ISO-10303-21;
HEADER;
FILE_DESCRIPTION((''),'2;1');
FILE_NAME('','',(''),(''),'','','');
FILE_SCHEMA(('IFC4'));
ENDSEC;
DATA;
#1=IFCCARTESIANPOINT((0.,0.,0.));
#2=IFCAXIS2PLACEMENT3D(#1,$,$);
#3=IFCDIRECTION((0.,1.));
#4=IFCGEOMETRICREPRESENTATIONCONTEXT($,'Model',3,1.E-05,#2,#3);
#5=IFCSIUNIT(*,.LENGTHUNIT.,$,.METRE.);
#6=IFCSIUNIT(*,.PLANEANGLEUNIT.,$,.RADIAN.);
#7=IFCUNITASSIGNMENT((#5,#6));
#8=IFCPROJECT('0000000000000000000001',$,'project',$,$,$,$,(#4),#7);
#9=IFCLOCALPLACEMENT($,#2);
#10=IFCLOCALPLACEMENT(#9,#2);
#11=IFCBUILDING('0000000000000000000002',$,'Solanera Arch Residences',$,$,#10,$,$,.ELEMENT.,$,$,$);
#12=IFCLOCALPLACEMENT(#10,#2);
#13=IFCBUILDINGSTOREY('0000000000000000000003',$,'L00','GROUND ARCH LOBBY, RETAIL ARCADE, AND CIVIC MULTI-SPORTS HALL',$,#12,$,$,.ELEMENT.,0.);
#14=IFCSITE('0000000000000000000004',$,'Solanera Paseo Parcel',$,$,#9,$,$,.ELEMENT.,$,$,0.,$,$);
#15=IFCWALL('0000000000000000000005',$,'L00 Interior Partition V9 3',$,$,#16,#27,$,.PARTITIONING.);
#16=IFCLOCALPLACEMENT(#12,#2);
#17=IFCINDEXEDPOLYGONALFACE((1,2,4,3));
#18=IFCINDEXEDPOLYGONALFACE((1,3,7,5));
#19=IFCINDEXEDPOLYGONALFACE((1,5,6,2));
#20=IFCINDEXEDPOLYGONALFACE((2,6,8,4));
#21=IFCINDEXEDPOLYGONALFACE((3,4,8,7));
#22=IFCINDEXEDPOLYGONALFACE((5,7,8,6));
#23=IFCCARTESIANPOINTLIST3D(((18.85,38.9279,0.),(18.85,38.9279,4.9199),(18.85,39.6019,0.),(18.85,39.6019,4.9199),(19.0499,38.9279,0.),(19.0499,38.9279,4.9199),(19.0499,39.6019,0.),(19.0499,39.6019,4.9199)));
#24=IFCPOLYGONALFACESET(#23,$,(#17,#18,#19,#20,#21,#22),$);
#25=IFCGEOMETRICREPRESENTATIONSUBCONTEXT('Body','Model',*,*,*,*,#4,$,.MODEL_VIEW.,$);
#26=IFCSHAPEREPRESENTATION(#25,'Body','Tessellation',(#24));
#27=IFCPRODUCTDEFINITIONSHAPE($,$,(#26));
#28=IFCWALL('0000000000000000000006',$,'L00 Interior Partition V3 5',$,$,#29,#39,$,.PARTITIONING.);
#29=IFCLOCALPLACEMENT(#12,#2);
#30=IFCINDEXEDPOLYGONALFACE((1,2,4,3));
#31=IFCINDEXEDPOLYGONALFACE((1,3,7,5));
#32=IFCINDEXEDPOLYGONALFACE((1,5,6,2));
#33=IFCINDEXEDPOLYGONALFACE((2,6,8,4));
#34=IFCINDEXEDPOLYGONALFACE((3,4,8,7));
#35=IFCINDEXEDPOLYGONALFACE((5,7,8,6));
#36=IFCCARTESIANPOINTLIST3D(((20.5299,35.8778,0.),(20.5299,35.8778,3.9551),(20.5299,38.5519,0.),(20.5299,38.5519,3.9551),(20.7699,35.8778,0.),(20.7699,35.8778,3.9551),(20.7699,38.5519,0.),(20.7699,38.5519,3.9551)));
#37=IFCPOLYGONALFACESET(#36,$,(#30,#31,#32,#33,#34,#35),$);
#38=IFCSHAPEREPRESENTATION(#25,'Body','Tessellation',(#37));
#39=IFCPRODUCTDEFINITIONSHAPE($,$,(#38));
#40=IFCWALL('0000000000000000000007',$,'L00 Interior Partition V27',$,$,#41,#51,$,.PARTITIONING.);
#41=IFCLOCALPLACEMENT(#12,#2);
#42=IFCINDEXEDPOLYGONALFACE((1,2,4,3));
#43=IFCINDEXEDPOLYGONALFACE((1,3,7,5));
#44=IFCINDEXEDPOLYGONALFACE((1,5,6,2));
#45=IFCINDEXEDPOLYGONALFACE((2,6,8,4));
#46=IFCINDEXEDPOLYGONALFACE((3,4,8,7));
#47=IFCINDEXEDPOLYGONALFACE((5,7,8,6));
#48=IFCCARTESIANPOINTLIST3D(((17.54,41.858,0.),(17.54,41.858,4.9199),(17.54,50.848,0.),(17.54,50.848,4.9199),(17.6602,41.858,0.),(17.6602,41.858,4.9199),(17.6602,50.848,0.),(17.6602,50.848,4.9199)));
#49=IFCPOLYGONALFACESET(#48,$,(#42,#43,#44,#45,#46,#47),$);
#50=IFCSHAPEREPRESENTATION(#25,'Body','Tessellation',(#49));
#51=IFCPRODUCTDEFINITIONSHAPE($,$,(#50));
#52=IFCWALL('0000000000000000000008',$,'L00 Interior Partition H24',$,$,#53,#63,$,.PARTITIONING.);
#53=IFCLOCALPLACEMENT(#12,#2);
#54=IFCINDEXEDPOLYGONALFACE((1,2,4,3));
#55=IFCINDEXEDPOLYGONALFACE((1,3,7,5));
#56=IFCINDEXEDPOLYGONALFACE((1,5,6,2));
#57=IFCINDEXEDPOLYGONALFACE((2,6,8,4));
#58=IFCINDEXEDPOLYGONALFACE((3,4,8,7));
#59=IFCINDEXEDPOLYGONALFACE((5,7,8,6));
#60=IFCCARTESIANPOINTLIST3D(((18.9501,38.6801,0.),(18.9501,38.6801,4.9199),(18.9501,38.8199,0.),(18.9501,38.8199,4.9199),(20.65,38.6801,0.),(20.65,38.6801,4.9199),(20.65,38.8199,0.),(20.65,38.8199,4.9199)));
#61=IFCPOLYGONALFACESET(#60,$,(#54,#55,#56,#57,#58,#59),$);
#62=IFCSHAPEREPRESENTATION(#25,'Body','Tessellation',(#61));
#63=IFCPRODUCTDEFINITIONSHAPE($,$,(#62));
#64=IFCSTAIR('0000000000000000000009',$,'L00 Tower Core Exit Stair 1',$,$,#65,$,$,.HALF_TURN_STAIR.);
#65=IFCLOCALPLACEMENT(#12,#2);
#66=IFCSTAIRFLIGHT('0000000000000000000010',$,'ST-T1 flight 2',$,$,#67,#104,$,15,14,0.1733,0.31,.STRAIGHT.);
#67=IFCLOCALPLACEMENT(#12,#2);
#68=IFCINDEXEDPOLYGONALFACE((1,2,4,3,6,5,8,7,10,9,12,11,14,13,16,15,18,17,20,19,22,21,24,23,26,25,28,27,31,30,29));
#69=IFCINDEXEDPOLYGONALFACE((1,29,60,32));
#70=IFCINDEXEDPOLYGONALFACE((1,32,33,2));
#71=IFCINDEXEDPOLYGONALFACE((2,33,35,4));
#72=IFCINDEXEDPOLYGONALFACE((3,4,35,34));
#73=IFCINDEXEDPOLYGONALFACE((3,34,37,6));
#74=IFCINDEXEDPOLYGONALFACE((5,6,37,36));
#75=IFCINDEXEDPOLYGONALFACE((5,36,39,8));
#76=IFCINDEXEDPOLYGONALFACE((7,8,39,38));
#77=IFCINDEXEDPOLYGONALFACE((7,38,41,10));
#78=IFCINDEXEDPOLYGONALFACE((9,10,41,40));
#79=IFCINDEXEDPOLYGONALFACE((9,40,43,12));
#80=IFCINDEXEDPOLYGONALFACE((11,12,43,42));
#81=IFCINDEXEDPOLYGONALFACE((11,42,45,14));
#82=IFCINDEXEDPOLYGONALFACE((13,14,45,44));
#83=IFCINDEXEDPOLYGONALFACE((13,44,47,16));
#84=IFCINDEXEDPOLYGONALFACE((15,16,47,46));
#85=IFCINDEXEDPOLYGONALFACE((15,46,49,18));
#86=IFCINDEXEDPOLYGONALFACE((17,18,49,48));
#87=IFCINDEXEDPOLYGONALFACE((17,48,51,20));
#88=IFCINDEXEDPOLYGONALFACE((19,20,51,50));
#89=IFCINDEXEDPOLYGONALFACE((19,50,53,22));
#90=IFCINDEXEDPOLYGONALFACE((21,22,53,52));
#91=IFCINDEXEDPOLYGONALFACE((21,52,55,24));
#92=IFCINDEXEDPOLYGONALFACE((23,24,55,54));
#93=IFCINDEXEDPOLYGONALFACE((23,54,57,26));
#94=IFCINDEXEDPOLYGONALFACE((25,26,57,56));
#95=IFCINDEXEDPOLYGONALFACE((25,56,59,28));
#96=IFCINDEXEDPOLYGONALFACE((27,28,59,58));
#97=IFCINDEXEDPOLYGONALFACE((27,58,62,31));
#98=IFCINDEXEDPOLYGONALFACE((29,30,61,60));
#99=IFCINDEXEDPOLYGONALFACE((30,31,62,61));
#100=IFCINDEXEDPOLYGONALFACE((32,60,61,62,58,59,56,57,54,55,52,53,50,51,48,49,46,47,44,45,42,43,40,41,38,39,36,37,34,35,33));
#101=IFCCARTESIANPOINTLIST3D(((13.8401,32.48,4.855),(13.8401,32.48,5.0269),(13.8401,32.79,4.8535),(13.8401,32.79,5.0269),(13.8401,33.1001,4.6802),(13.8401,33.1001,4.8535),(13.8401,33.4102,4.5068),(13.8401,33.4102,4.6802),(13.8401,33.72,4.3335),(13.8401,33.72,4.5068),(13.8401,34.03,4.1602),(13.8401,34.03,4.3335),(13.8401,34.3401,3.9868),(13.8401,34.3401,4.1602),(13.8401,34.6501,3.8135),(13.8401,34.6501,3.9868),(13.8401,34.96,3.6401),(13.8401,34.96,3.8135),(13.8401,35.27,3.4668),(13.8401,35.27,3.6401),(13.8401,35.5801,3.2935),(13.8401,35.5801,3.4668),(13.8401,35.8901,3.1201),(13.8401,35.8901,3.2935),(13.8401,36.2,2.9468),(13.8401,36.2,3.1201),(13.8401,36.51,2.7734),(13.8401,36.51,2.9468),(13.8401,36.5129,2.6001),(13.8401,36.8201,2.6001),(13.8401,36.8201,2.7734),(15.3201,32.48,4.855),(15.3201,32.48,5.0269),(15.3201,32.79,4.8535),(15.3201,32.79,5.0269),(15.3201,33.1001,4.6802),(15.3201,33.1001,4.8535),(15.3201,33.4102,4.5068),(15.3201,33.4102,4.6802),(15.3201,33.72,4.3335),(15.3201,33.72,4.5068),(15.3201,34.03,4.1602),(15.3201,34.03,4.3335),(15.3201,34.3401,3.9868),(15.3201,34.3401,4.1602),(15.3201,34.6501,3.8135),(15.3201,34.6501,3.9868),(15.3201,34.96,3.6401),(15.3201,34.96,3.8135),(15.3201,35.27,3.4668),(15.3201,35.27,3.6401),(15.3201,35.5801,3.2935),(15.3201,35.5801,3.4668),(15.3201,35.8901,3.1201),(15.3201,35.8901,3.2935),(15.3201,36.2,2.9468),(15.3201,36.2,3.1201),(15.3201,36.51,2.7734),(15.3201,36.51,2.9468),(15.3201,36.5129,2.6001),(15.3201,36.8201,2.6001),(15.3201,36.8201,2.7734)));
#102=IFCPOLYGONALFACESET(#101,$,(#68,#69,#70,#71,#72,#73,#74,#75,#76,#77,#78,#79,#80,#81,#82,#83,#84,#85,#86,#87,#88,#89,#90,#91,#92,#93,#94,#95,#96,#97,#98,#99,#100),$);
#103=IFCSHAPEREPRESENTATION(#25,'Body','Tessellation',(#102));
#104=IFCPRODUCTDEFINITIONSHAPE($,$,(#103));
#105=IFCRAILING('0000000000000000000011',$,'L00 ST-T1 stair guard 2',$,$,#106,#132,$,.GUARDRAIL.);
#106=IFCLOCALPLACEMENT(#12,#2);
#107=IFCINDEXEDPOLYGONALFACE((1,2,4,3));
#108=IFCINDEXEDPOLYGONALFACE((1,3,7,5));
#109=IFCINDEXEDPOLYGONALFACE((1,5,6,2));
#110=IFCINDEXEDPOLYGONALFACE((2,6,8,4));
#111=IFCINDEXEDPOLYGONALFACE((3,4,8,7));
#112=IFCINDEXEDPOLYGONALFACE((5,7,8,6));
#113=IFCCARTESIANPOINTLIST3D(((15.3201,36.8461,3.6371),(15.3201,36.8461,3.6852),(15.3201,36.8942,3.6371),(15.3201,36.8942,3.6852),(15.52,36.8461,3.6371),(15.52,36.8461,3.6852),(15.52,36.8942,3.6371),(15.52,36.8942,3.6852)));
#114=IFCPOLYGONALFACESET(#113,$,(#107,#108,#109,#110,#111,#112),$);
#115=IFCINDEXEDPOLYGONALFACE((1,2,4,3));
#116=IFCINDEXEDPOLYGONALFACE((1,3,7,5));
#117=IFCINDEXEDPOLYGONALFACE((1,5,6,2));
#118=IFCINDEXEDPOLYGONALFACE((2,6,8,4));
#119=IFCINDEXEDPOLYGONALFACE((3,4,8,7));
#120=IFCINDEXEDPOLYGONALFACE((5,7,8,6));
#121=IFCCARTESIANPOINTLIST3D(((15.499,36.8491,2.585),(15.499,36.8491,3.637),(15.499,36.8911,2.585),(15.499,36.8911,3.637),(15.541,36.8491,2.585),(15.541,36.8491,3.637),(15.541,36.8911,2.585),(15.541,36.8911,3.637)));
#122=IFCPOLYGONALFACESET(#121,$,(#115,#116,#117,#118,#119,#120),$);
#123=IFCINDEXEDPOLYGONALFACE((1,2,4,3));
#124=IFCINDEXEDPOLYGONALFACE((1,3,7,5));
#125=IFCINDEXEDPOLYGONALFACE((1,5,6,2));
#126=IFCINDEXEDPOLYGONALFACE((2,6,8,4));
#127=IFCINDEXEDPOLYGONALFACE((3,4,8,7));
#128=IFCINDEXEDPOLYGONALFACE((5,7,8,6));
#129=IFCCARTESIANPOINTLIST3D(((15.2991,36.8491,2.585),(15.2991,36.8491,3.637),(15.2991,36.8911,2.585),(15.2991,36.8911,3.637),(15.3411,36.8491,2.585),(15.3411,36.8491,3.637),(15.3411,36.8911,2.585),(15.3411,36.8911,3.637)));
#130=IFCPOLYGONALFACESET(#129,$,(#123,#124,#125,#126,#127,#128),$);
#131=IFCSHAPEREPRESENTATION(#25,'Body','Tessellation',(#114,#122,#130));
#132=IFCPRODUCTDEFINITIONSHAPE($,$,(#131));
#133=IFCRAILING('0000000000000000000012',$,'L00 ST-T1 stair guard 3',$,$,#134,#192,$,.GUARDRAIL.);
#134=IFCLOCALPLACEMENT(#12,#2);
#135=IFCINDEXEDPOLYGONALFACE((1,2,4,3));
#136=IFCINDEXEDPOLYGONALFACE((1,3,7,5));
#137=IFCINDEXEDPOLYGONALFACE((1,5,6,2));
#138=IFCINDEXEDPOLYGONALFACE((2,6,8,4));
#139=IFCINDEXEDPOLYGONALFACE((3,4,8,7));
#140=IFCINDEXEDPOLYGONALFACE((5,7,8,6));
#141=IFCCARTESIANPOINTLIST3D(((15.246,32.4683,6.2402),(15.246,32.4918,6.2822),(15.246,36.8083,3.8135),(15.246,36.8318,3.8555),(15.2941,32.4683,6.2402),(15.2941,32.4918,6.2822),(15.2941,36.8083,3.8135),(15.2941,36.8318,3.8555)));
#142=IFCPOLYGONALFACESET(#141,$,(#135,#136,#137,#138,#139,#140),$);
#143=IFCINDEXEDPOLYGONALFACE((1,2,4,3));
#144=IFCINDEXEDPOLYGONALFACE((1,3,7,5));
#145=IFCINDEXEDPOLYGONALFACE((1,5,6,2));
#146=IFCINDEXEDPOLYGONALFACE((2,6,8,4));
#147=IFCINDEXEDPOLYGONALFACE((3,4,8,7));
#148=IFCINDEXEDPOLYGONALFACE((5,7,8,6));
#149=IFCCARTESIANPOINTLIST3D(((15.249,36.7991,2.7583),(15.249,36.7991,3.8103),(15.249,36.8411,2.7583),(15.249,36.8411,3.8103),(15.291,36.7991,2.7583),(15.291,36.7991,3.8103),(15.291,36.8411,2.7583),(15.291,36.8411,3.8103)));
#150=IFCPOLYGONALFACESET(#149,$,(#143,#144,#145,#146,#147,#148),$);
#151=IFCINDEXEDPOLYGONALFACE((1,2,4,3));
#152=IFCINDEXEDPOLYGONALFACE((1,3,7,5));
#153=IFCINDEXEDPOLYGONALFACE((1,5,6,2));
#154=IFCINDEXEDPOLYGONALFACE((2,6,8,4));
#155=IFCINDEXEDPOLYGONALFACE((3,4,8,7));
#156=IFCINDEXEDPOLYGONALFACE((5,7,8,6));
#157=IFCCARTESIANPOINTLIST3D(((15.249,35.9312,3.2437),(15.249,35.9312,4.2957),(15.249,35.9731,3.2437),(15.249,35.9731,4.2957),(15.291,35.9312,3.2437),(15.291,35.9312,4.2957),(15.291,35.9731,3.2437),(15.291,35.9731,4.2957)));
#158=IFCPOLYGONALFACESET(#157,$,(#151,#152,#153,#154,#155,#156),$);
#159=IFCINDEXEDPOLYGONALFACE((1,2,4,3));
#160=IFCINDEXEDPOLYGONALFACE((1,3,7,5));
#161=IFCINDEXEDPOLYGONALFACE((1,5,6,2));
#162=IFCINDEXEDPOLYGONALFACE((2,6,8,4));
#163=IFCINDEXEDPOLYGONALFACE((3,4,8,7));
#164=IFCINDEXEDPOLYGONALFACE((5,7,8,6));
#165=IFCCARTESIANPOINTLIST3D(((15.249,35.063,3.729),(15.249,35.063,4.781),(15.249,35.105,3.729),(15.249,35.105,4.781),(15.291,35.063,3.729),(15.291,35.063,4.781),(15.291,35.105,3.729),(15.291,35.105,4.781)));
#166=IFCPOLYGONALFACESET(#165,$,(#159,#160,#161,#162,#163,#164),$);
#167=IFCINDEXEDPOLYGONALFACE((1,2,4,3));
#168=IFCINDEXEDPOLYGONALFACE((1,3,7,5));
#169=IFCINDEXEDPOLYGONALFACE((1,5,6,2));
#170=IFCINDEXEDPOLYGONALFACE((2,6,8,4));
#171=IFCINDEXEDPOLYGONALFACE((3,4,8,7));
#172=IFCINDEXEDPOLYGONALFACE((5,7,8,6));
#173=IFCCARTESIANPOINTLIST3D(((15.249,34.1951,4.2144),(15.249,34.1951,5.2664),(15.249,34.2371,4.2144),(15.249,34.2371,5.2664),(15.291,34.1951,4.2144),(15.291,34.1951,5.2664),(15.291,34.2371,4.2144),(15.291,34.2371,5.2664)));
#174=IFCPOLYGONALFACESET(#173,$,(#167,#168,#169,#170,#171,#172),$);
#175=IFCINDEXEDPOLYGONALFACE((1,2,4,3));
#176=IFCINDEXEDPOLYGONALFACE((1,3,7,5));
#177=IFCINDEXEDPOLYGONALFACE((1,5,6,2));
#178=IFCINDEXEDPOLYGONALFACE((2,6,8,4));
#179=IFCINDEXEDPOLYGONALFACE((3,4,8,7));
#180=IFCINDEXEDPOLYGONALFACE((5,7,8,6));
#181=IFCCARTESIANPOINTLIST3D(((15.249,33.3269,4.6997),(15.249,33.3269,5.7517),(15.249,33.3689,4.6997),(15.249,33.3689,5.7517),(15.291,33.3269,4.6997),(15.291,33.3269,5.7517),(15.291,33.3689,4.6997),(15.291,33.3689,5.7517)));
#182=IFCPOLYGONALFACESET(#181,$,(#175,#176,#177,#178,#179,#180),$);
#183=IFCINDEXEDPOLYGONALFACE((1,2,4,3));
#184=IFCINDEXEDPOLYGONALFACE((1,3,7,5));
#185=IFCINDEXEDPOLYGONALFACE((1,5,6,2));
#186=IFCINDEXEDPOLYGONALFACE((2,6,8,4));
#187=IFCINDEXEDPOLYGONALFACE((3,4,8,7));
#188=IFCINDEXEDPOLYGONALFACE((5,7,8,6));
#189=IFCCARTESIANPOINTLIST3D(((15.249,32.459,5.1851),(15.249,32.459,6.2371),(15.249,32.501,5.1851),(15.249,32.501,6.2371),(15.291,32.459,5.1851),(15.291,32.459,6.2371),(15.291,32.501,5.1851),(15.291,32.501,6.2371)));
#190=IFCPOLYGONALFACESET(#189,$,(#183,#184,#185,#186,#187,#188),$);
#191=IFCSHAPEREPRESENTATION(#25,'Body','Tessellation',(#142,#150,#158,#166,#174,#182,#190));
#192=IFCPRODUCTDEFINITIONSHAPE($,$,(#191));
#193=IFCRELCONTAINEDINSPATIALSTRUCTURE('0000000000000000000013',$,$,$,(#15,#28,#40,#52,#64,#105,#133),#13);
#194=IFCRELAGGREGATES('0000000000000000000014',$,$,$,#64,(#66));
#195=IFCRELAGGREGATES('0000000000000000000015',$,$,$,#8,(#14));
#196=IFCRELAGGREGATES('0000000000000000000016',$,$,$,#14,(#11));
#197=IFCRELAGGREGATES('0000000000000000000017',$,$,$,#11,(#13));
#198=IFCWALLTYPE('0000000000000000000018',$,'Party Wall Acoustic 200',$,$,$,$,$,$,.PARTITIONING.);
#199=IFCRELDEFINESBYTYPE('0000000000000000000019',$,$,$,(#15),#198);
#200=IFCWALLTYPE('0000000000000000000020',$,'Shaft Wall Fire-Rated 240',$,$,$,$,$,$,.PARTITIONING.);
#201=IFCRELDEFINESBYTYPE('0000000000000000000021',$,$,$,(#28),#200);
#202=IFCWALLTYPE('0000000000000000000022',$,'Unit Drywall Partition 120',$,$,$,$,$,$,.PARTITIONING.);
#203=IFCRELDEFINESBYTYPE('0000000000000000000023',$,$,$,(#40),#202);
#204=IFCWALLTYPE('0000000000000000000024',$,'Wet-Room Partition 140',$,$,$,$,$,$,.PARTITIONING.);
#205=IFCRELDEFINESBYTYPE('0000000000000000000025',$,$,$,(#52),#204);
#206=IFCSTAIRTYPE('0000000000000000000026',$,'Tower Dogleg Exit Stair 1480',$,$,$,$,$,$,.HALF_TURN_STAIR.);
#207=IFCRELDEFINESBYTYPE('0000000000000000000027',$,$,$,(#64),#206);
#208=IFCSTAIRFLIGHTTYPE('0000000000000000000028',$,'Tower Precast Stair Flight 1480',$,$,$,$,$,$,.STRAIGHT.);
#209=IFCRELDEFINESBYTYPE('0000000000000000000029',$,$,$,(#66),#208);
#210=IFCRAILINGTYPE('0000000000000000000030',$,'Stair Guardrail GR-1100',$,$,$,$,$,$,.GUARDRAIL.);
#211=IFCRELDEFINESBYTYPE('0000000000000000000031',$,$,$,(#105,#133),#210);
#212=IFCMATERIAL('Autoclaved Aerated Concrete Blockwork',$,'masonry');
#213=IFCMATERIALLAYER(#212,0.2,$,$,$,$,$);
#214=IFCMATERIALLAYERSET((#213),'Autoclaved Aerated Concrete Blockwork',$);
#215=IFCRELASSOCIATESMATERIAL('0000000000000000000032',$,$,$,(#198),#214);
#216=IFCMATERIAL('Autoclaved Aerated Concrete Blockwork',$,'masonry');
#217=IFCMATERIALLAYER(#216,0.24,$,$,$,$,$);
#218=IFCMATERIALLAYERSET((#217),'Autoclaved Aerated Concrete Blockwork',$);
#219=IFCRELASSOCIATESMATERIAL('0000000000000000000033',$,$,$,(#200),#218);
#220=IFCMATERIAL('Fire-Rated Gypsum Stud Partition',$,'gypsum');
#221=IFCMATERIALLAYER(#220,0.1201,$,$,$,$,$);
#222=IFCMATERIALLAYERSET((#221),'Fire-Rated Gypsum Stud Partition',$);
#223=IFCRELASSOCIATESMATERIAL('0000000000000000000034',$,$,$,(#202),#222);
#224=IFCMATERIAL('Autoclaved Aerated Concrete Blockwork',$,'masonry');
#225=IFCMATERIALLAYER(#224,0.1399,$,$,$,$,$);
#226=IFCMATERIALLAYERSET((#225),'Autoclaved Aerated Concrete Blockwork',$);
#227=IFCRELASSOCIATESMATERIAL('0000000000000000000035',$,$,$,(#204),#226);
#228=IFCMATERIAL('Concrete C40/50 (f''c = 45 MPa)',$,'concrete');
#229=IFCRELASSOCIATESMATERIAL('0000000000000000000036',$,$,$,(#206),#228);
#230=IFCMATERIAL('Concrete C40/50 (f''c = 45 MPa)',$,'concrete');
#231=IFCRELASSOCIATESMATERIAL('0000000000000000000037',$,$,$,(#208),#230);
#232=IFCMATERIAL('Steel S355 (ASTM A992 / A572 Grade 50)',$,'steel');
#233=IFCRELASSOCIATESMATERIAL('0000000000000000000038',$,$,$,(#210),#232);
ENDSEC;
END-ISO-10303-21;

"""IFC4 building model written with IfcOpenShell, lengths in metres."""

from ifc_helpers import new_model, si_unit, direction, frame, frame_2d, origin, origin_2d, place, context, subcontext, project, spatial, polyline, rectangle, outline, extrude, material, layer, layer_set, type_object, element, aggregate, save


model = new_model("IFC4")

# Units and contexts
model_context = context("Model", 3, precision=1e-05, world=origin(), true_north=direction((0.0, 1.0)))
body_context = subcontext(model_context, "Body", "Model", "MODEL_VIEW")
ifc_project = project(units=[si_unit("LENGTHUNIT", "METRE"), si_unit("PLANEANGLEUNIT", "RADIAN")], contexts=[model_context])

# Site, building, storey
site_placement = place(None, origin())
site = spatial("IfcSite", under=ifc_project, at=site_placement, Name="Solanera Paseo Parcel", CompositionType="ELEMENT", RefElevation=0.0)
building_placement = place(site_placement, origin())
building = spatial("IfcBuilding", under=site, at=building_placement, Name="Solanera Arch Residences", CompositionType="ELEMENT")
storey_placement = place(building_placement, origin())
storey = spatial("IfcBuildingStorey", under=building, at=storey_placement, Name="L00", Description="GROUND ARCH LOBBY, RETAIL ARCADE, AND CIVIC MULTI-SPORTS HALL", CompositionType="ELEMENT", Elevation=0.0)

# Walls
ifc_material_1 = material(Name="Autoclaved Aerated Concrete Blockwork", Category="masonry")
ifc_layer_1 = layer(ifc_material_1, 0.2)
ifc_layer_set_1 = layer_set([ifc_layer_1], Name="Autoclaved Aerated Concrete Blockwork")
wall_type_1 = type_object("IfcWallType", Name="Party Wall Acoustic 200", PredefinedType="PARTITIONING", material=ifc_layer_set_1)
wall_1_placement = place(storey_placement, frame((18.95, 38.928, 0.0), z_axis=(0.0, 0.0, 1.0), x_axis=(0.0, 1.0, 0.0)))
element("IfcWall", 1, at=wall_1_placement, inside=storey, type_object=wall_type_1, Name="L00 Interior Partition V9 3", PredefinedType="PARTITIONING", context=body_context, shape_type="SweptSolid", body=[
    extrude(rectangle(XDim=0.6741, YDim=0.2, at=frame_2d((0.3369, 0.0))), origin(), (0.0, 0.0, 1.0), 4.9199),
])
ifc_material_2 = material(Name="Autoclaved Aerated Concrete Blockwork", Category="masonry")
ifc_layer_2 = layer(ifc_material_2, 0.24)
ifc_layer_set_2 = layer_set([ifc_layer_2], Name="Autoclaved Aerated Concrete Blockwork")
wall_type_2 = type_object("IfcWallType", Name="Shaft Wall Fire-Rated 240", PredefinedType="PARTITIONING", material=ifc_layer_set_2)
wall_2_placement = place(storey_placement, frame((20.6499, 35.8779, 0.0), z_axis=(0.0, 0.0, 1.0), x_axis=(0.0, 1.0, 0.0)))
element("IfcWall", 2, at=wall_2_placement, inside=storey, type_object=wall_type_2, Name="L00 Interior Partition V3 5", PredefinedType="PARTITIONING", context=body_context, shape_type="SweptSolid", body=[
    extrude(rectangle(XDim=2.6741, YDim=0.24, at=frame_2d((1.3369, 0.0))), origin(), (0.0, 0.0, 1.0), 3.9551),
])
ifc_material_3 = material(Name="Fire-Rated Gypsum Stud Partition", Category="gypsum")
ifc_layer_3 = layer(ifc_material_3, 0.1201)
ifc_layer_set_3 = layer_set([ifc_layer_3], Name="Fire-Rated Gypsum Stud Partition")
wall_type_3 = type_object("IfcWallType", Name="Unit Drywall Partition 120", PredefinedType="PARTITIONING", material=ifc_layer_set_3)
wall_3_placement = place(storey_placement, frame((17.6001, 41.8579, 0.0), z_axis=(0.0, 0.0, 1.0), x_axis=(0.0, 1.0, 0.0)))
element("IfcWall", 3, at=wall_3_placement, inside=storey, type_object=wall_type_3, Name="L00 Interior Partition V27", PredefinedType="PARTITIONING", context=body_context, shape_type="SweptSolid", body=[
    extrude(rectangle(XDim=8.99, YDim=0.1201, at=frame_2d((4.4951, 0.0))), origin(), (0.0, 0.0, 1.0), 4.9199),
])
ifc_material_4 = material(Name="Autoclaved Aerated Concrete Blockwork", Category="masonry")
ifc_layer_4 = layer(ifc_material_4, 0.1399)
ifc_layer_set_4 = layer_set([ifc_layer_4], Name="Autoclaved Aerated Concrete Blockwork")
wall_type_4 = type_object("IfcWallType", Name="Wet-Room Partition 140", PredefinedType="PARTITIONING", material=ifc_layer_set_4)
wall_4_placement = place(storey_placement, frame((18.95, 38.75, 0.0), z_axis=(0.0, 0.0, 1.0), x_axis=(1.0, 0.0, 0.0)))
element("IfcWall", 4, at=wall_4_placement, inside=storey, type_object=wall_type_4, Name="L00 Interior Partition H24", PredefinedType="PARTITIONING", context=body_context, shape_type="SweptSolid", body=[
    extrude(rectangle(XDim=1.7, YDim=0.1399, at=frame_2d((0.8501, 0.0))), origin(), (0.0, 0.0, 1.0), 4.9199),
])

# Stair, stair flight
ifc_material_5 = material(Name="Concrete C40/50 (f'c = 45 MPa)", Category="concrete")
stair_type = type_object("IfcStairType", Name="Tower Dogleg Exit Stair 1480", PredefinedType="HALF_TURN_STAIR", material=ifc_material_5)
stair_placement = place(storey_placement, origin())
stair = element("IfcStair", 5, at=stair_placement, inside=storey, type_object=stair_type, Name="L00 Tower Core Exit Stair 1", PredefinedType="HALF_TURN_STAIR")
ifc_material_6 = material(Name="Concrete C40/50 (f'c = 45 MPa)", Category="concrete")
stair_flight_type = type_object("IfcStairFlightType", Name="Tower Precast Stair Flight 1480", PredefinedType="STRAIGHT", material=ifc_material_6)
stair_flight_placement = place(storey_placement, frame((14.5801, 36.8201, 2.6001), z_axis=(0.0, 0.0, 1.0), x_axis=(0.0, -1.0, 0.0)))
stair_flight = element("IfcStairFlight", 6, at=stair_flight_placement, type_object=stair_flight_type, Name="ST-T1 flight 2", NumberOfRisers=15, NumberOfTreads=14, PredefinedType="STRAIGHT", RiserHeight=0.1733, TreadLength=0.31, context=body_context, shape_type="SweptSolid", body=[
    extrude(outline(polyline([(0.0, 0.0), (0.0, 0.1733), (0.3101, 0.1733), (0.3101, 0.3467), (0.6201, 0.3467), (0.6201, 0.52), (0.9299, 0.52), (0.9299, 0.6934), (1.24, 0.6934), (1.24, 0.8667), (1.55, 0.8667), (1.55, 1.04), (1.8601, 1.04), (1.8601, 1.2134), (2.1699, 1.2134), (2.1699, 1.3867), (2.48, 1.3867), (2.48, 1.5601), (2.79, 1.5601), (2.79, 1.7334), (3.1001, 1.7334), (3.1001, 1.9067), (3.4099, 1.9067), (3.4099, 2.0801), (3.72, 2.0801), (3.72, 2.2534), (4.03, 2.2534), (4.03, 2.4268), (4.3401, 2.4268), (4.3401, 2.6001), (4.3401, 2.2549), (0.3071, 0.0), (0.0, 0.0)])), frame((0.0, 0.74, 0.0), z_axis=(0.0, -1.0, 0.0), x_axis=(1.0, 0.0, 0.0)), (0.0, 0.0, 1.0), 1.48),
])
aggregate(stair, [stair_flight])

# Railings
ifc_material_7 = material(Name="Steel S355 (ASTM A992 / A572 Grade 50)", Category="steel")
railing_type_1 = type_object("IfcRailingType", Name="Stair Guardrail GR-1100", PredefinedType="GUARDRAIL", material=ifc_material_7)
railing_1_placement = place(storey_placement, frame((15.52, 36.8701, 2.585)))
element("IfcRailing", 7, at=railing_1_placement, inside=storey, type_object=railing_type_1, Name="L00 ST-T1 stair guard 2", PredefinedType="GUARDRAIL", context=body_context, shape_type="SweptSolid", body=[
    extrude(rectangle(XDim=0.0481, YDim=0.0481, at=origin_2d()), frame((0.0, 0.0, 1.0762), z_axis=(-1.0, 0.0, 0.0), x_axis=(0.0, -1.0, 0.0)), (0.0, 0.0, 1.0), 0.2),
    extrude(rectangle(XDim=0.042, YDim=0.042, at=origin_2d()), origin(), (0.0, 0.0, 1.0), 1.052),
    extrude(rectangle(XDim=0.042, YDim=0.042, at=origin_2d()), frame((-0.2, 0.0, 0.0)), (0.0, 0.0, 1.0), 1.052),
])
railing_2_placement = place(storey_placement, frame((15.27, 36.8201, 2.7583)))
element("IfcRailing", 8, at=railing_2_placement, inside=storey, type_object=railing_type_1, Name="L00 ST-T1 stair guard 3", PredefinedType="GUARDRAIL", context=body_context, shape_type="SweptSolid", body=[
    extrude(rectangle(XDim=0.0481, YDim=0.0481, at=origin_2d()), frame((0.0, 0.0, 1.0762), z_axis=(0.0, -0.872822, 0.488038), x_axis=(1.0, 0.0, 0.0)), (0.0, 0.0, 1.0), 4.9724),
    extrude(rectangle(XDim=0.042, YDim=0.042, at=origin_2d()), origin(), (0.0, 0.0, 1.0), 1.052),
    extrude(rectangle(XDim=0.042, YDim=0.042, at=origin_2d()), frame((0.0, -0.8679, 0.4854)), (0.0, 0.0, 1.0), 1.052),
    extrude(rectangle(XDim=0.042, YDim=0.042, at=origin_2d()), frame((0.0, -1.7361, 0.9707)), (0.0, 0.0, 1.0), 1.052),
    extrude(rectangle(XDim=0.042, YDim=0.042, at=origin_2d()), frame((0.0, -2.604, 1.4561)), (0.0, 0.0, 1.0), 1.052),
    extrude(rectangle(XDim=0.042, YDim=0.042, at=origin_2d()), frame((0.0, -3.4722, 1.9414)), (0.0, 0.0, 1.0), 1.052),
    extrude(rectangle(XDim=0.042, YDim=0.042, at=origin_2d()), frame((0.0, -4.3401, 2.4268)), (0.0, 0.0, 1.0), 1.052),
])

save(model, "model.ifc")
